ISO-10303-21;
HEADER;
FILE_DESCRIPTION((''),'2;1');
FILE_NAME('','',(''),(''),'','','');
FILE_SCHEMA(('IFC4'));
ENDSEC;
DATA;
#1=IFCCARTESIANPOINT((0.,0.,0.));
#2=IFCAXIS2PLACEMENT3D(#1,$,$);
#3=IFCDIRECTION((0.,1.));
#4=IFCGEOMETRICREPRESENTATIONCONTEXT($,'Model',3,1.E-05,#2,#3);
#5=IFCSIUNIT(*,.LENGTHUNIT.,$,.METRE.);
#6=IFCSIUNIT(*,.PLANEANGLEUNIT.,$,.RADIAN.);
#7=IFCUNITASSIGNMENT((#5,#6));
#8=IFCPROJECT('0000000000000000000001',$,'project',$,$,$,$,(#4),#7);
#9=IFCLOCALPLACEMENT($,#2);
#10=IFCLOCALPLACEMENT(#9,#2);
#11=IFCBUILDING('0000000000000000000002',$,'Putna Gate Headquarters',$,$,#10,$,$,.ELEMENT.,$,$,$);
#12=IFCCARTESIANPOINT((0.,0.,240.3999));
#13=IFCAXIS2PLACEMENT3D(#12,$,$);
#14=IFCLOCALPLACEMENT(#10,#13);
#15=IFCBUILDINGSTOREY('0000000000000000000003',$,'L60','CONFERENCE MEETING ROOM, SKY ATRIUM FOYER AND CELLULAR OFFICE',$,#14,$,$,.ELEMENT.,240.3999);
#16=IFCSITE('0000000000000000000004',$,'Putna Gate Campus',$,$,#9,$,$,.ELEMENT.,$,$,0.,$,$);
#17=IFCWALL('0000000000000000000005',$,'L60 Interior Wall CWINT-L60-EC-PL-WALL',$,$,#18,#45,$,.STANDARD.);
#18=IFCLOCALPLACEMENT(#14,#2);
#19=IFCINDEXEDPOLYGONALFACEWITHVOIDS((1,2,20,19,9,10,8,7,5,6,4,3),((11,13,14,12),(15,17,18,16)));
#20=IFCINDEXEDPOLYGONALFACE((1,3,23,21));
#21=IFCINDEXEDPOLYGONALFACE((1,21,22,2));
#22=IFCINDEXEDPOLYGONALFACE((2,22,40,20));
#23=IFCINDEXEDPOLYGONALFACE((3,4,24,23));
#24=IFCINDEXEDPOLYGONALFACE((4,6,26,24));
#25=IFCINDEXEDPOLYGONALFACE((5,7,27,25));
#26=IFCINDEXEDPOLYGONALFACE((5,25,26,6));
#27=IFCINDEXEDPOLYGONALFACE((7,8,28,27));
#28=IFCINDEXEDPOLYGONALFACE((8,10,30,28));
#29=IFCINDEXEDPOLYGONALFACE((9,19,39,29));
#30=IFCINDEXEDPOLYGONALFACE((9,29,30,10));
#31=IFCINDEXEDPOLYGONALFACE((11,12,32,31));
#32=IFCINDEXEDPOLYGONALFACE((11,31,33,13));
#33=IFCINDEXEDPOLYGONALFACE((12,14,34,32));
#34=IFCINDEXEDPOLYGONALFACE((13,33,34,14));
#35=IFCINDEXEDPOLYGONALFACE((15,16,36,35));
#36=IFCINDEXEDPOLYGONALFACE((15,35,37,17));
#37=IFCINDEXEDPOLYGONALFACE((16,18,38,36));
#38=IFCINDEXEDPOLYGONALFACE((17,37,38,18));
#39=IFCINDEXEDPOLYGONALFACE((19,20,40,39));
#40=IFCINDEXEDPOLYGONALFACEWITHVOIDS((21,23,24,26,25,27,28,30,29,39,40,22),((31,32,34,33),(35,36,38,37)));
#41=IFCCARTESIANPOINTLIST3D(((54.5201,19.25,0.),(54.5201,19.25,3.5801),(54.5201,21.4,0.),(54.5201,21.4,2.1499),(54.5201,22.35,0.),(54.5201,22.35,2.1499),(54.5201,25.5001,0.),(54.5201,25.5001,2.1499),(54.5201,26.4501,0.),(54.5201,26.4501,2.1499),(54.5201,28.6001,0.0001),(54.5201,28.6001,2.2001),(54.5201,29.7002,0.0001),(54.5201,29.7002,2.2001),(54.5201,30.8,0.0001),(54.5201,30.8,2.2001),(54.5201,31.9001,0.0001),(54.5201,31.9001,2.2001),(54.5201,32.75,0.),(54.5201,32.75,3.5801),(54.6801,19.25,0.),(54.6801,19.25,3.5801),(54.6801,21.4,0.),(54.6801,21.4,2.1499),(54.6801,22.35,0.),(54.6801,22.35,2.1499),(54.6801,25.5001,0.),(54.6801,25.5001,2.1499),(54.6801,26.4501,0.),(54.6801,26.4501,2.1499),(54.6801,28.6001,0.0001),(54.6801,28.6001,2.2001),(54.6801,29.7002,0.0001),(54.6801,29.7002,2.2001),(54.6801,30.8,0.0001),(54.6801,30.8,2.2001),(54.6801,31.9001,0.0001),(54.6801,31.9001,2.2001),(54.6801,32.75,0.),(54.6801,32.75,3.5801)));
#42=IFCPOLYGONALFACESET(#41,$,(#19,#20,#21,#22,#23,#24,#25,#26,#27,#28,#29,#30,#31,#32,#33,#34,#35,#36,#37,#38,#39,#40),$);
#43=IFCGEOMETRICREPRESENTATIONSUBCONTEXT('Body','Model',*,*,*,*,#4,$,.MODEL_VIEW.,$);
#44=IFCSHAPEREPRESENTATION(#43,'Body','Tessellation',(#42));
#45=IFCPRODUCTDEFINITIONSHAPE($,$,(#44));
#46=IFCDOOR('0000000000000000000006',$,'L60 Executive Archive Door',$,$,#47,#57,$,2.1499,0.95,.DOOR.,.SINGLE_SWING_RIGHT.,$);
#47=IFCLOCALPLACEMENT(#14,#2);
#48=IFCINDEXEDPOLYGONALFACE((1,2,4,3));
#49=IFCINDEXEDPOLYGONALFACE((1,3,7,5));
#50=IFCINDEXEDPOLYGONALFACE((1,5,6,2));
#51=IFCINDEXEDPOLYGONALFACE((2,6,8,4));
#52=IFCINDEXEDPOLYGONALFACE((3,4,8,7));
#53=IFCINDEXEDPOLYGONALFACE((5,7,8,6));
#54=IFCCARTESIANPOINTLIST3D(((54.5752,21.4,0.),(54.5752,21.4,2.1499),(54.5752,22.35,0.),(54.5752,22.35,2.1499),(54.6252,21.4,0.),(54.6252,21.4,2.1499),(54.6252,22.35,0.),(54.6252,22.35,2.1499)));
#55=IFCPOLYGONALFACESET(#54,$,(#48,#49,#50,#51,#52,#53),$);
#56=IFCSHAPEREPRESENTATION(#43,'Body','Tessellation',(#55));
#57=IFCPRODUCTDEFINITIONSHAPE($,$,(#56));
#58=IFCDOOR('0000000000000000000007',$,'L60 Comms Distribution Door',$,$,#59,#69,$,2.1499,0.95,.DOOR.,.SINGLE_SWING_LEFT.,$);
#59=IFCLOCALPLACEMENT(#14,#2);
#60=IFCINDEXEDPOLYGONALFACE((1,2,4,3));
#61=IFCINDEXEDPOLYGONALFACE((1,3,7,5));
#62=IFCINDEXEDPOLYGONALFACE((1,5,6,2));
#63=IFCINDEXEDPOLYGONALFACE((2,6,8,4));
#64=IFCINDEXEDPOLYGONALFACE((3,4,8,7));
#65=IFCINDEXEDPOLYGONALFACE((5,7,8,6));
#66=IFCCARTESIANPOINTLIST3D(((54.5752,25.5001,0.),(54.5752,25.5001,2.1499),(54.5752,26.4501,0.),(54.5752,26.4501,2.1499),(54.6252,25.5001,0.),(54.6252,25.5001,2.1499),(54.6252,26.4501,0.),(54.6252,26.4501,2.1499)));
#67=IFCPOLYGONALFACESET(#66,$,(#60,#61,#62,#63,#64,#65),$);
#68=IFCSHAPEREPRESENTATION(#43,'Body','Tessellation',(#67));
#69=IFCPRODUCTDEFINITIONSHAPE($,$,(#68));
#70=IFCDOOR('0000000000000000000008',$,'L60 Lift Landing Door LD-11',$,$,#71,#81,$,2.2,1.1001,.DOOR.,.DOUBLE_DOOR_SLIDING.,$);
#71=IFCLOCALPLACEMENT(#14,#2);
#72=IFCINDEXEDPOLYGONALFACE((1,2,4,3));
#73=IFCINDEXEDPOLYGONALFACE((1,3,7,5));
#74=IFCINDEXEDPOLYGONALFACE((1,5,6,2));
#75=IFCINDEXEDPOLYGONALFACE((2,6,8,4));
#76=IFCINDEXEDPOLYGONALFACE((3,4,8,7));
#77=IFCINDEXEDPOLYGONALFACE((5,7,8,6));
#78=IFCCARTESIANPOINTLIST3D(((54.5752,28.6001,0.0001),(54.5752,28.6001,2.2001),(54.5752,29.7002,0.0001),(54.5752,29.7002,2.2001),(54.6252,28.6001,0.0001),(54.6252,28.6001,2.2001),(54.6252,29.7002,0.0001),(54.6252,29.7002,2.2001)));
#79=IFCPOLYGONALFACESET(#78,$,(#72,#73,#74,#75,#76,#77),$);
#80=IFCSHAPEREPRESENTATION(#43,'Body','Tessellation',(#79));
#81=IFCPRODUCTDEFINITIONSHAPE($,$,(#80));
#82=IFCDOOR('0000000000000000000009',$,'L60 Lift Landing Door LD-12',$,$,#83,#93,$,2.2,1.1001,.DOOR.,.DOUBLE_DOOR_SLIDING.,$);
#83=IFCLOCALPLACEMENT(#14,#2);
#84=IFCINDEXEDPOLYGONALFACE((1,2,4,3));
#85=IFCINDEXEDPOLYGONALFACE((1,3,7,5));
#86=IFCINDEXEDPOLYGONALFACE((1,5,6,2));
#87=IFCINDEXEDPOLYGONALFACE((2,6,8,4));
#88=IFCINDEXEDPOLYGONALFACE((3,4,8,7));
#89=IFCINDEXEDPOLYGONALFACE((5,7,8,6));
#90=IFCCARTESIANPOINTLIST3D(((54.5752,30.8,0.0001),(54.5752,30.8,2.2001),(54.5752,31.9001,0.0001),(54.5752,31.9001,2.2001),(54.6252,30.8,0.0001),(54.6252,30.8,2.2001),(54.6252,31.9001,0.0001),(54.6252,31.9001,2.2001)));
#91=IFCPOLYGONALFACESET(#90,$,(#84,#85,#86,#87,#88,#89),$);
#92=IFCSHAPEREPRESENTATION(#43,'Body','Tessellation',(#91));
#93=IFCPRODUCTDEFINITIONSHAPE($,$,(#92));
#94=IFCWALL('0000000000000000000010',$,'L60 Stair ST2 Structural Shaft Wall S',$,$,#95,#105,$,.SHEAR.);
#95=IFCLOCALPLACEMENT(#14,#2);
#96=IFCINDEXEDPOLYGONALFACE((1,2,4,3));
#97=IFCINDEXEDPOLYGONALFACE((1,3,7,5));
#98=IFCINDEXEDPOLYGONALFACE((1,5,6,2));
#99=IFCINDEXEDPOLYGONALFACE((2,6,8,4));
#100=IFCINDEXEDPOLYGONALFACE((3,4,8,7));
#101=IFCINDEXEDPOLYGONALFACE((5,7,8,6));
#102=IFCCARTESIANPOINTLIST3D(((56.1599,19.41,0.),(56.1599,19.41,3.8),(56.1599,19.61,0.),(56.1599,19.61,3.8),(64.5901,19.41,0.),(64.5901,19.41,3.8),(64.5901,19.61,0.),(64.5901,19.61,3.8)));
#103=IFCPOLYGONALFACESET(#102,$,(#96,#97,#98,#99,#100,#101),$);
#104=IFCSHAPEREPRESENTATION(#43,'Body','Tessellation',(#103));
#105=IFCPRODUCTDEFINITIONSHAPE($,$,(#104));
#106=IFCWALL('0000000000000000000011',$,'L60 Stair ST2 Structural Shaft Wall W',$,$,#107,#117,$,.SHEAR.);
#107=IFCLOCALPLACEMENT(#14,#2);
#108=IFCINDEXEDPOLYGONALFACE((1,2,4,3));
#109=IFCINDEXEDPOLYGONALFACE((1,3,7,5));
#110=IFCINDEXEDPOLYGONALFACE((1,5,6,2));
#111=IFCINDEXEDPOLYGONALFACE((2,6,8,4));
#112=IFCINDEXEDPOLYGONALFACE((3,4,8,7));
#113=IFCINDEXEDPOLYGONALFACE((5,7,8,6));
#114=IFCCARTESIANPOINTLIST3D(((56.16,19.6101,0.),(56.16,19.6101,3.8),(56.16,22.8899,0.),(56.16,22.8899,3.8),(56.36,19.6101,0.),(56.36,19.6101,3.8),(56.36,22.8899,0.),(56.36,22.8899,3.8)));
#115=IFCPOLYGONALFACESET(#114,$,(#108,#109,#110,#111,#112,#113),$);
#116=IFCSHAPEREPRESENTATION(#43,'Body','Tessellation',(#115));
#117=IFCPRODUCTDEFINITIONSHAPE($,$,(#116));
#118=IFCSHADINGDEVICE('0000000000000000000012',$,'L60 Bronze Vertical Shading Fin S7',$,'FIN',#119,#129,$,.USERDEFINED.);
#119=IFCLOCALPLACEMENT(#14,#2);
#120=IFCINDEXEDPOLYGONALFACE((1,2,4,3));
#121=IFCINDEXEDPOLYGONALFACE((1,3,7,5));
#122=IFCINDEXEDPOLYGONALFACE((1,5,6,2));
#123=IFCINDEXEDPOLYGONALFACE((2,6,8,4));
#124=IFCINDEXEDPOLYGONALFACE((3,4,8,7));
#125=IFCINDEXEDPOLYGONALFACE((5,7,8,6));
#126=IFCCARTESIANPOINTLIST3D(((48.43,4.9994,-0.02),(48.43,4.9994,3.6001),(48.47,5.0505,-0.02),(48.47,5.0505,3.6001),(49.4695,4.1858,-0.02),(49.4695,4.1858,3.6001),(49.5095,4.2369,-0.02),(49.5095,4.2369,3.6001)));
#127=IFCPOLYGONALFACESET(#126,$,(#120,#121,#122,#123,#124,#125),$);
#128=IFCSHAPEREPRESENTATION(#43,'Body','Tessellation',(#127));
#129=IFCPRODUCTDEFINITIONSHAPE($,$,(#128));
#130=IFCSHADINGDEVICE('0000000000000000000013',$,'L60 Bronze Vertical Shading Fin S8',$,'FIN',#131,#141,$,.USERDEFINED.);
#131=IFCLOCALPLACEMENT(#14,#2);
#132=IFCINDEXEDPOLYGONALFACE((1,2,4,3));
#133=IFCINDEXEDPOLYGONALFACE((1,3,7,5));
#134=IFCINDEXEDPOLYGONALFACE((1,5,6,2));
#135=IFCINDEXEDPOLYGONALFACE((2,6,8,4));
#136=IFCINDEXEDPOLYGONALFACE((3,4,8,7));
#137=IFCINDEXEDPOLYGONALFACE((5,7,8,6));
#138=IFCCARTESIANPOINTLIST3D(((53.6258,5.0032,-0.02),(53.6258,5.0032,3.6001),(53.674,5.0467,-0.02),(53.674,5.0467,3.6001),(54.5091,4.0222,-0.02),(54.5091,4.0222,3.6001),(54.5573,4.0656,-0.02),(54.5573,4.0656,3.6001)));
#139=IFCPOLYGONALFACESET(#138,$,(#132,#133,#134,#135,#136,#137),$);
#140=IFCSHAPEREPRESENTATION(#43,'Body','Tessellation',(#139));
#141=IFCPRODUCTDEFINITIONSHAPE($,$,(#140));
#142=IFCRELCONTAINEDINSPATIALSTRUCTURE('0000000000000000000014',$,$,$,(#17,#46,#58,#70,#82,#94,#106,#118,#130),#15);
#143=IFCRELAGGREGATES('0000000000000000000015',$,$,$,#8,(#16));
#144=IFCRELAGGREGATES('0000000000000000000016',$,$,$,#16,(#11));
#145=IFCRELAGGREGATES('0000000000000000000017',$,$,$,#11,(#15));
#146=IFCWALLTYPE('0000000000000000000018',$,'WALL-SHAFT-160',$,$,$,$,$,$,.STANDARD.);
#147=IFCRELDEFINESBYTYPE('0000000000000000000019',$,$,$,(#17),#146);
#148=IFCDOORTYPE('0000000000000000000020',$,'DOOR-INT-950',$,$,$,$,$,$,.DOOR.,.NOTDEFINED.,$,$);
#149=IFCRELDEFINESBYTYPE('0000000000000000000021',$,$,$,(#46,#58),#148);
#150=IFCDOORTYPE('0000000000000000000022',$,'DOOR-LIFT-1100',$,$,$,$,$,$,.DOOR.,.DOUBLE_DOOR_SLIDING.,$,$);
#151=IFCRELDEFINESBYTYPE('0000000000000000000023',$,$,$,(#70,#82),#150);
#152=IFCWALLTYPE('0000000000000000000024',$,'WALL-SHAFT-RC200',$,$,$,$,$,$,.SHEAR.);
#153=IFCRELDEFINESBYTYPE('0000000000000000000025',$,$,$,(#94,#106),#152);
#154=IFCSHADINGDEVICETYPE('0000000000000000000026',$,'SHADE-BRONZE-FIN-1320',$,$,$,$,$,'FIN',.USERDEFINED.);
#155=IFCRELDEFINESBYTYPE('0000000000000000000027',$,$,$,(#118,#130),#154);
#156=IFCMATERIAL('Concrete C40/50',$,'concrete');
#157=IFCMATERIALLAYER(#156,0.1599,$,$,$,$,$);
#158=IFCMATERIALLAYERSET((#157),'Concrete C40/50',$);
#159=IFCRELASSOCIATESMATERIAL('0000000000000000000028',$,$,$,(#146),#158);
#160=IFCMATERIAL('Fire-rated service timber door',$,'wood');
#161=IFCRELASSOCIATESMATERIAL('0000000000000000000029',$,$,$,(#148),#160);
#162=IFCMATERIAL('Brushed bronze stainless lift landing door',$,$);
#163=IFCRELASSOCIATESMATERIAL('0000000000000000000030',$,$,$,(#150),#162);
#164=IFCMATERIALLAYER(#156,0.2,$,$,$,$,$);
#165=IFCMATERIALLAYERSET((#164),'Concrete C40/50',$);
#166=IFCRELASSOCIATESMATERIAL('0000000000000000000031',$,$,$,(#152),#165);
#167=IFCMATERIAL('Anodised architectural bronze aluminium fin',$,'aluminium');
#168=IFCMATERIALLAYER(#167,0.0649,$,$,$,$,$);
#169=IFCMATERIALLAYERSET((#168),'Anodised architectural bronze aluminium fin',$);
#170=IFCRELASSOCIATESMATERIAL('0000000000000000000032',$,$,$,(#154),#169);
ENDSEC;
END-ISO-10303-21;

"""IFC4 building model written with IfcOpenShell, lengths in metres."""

from ifc_helpers import new_model, si_unit, direction, frame, frame_2d, origin, origin_2d, place, context, subcontext, project, spatial, rectangle, extrude, material, layer, layer_set, type_object, element, fill, save


model = new_model("IFC4")

# Units and contexts
model_context = context("Model", 3, precision=1e-05, world=origin(), true_north=direction((0.0, 1.0)))
body_context = subcontext(model_context, "Body", "Model", "MODEL_VIEW")
ifc_project = project(units=[si_unit("LENGTHUNIT", "METRE"), si_unit("PLANEANGLEUNIT", "RADIAN")], contexts=[model_context])

# Site, building, storey
site_placement = place(None, origin())
site = spatial("IfcSite", under=ifc_project, at=site_placement, Name="Putna Gate Campus", CompositionType="ELEMENT", RefElevation=0.0)
building_placement = place(site_placement, origin())
building = spatial("IfcBuilding", under=site, at=building_placement, Name="Putna Gate Headquarters", CompositionType="ELEMENT")
storey_placement = place(building_placement, frame((0.0, 0.0, 240.3999)))
storey = spatial("IfcBuildingStorey", under=building, at=storey_placement, Name="L60", Description="CONFERENCE MEETING ROOM, SKY ATRIUM FOYER AND CELLULAR OFFICE", CompositionType="ELEMENT", Elevation=240.3999)

# Wall, openings, doors
ifc_material_1 = material(Name="Concrete C40/50", Category="concrete")
ifc_layer_1 = layer(ifc_material_1, 0.1599)
ifc_layer_set_1 = layer_set([ifc_layer_1], Name="Concrete C40/50")
wall_type_1 = type_object("IfcWallType", Name="WALL-SHAFT-160", PredefinedType="STANDARD", material=ifc_layer_set_1)
wall_1_placement = place(storey_placement, frame((54.6001, 19.25, 0.0), z_axis=(0.0, 0.0, 1.0), x_axis=(0.0, 1.0, 0.0)))
wall_1 = element("IfcWall", 1, at=wall_1_placement, inside=storey, type_object=wall_type_1, Name="L60 Interior Wall CWINT-L60-EC-PL-WALL", PredefinedType="STANDARD", context=body_context, shape_type="SweptSolid", body=[
    extrude(rectangle(XDim=13.5, YDim=0.1599, at=frame_2d((6.75, 0.0))), origin(), (0.0, 0.0, 1.0), 3.5801),
])
opening_1_placement = place(wall_1_placement, frame((2.1499, 0.0, 0.0)))
opening_1 = element("IfcOpeningElement", 2, at=opening_1_placement, cuts=wall_1, PredefinedType="OPENING", context=body_context, shape_type="SweptSolid", body=[
    extrude(rectangle(XDim=0.95, YDim=2.1499, at=frame_2d((0.4751, 1.075))), frame((0.0, 0.0898, 0.0), z_axis=(0.0, -1.0, 0.0), x_axis=(1.0, 0.0, 0.0)), (0.0, 0.0, 1.0), 0.1799),
])
opening_2_placement = place(wall_1_placement, frame((6.25, 0.0, 0.0)))
opening_2 = element("IfcOpeningElement", 3, at=opening_2_placement, cuts=wall_1, PredefinedType="OPENING", context=body_context, shape_type="SweptSolid", body=[
    extrude(rectangle(XDim=0.95, YDim=2.1499, at=frame_2d((0.4751, 1.075))), frame((0.0, 0.0898, 0.0), z_axis=(0.0, -1.0, 0.0), x_axis=(1.0, 0.0, 0.0)), (0.0, 0.0, 1.0), 0.1799),
])
opening_3_placement = place(wall_1_placement, frame((9.3501, 0.0, 0.0)))
opening_3 = element("IfcOpeningElement", 4, at=opening_3_placement, cuts=wall_1, PredefinedType="OPENING", context=body_context, shape_type="SweptSolid", body=[
    extrude(rectangle(XDim=1.1001, YDim=2.2, at=frame_2d((0.55, 1.1001))), frame((0.0, 0.0898, 0.0), z_axis=(0.0, -1.0, 0.0), x_axis=(1.0, 0.0, 0.0)), (0.0, 0.0, 1.0), 0.1799),
])
opening_4_placement = place(wall_1_placement, frame((11.55, 0.0, 0.0)))
opening_4 = element("IfcOpeningElement", 5, at=opening_4_placement, cuts=wall_1, PredefinedType="OPENING", context=body_context, shape_type="SweptSolid", body=[
    extrude(rectangle(XDim=1.1001, YDim=2.2, at=frame_2d((0.55, 1.1001))), frame((0.0, 0.0898, 0.0), z_axis=(0.0, -1.0, 0.0), x_axis=(1.0, 0.0, 0.0)), (0.0, 0.0, 1.0), 0.1799),
])
ifc_material_2 = material(Name="Fire-rated service timber door", Category="wood")
door_type_1 = type_object("IfcDoorType", Name="DOOR-INT-950", OperationType="NOTDEFINED", PredefinedType="DOOR", material=ifc_material_2)
door_1_placement = place(opening_1_placement, origin())
door_1 = element("IfcDoor", 6, at=door_1_placement, inside=storey, type_object=door_type_1, Name="L60 Executive Archive Door", OperationType="SINGLE_SWING_RIGHT", OverallHeight=2.1499, OverallWidth=0.95, PredefinedType="DOOR", context=body_context, shape_type="SweptSolid", body=[
    extrude(rectangle(XDim=0.95, YDim=2.1499, at=frame_2d((0.4751, 1.075))), frame((0.0, 0.0249, 0.0), z_axis=(0.0, -1.0, 0.0), x_axis=(1.0, 0.0, 0.0)), (0.0, 0.0, 1.0), 0.05),
])
fill(opening_1, door_1)
door_2_placement = place(opening_2_placement, origin())
door_2 = element("IfcDoor", 7, at=door_2_placement, inside=storey, type_object=door_type_1, Name="L60 Comms Distribution Door", OperationType="SINGLE_SWING_LEFT", OverallHeight=2.1499, OverallWidth=0.95, PredefinedType="DOOR", context=body_context, shape_type="SweptSolid", body=[
    extrude(rectangle(XDim=0.95, YDim=2.1499, at=frame_2d((0.4751, 1.075))), frame((0.0, 0.0249, 0.0), z_axis=(0.0, -1.0, 0.0), x_axis=(1.0, 0.0, 0.0)), (0.0, 0.0, 1.0), 0.05),
])
fill(opening_2, door_2)
ifc_material_3 = material(Name="Brushed bronze stainless lift landing door")
door_type_2 = type_object("IfcDoorType", Name="DOOR-LIFT-1100", OperationType="DOUBLE_DOOR_SLIDING", PredefinedType="DOOR", material=ifc_material_3)
door_3_placement = place(opening_3_placement, origin())
door_3 = element("IfcDoor", 8, at=door_3_placement, inside=storey, type_object=door_type_2, Name="L60 Lift Landing Door LD-11", OperationType="DOUBLE_DOOR_SLIDING", OverallHeight=2.2, OverallWidth=1.1001, PredefinedType="DOOR", context=body_context, shape_type="SweptSolid", body=[
    extrude(rectangle(XDim=1.1001, YDim=2.2, at=frame_2d((0.55, 1.1001))), frame((0.0, 0.0249, 0.0), z_axis=(0.0, -1.0, 0.0), x_axis=(1.0, 0.0, 0.0)), (0.0, 0.0, 1.0), 0.05),
])
fill(opening_3, door_3)
door_4_placement = place(opening_4_placement, origin())
door_4 = element("IfcDoor", 9, at=door_4_placement, inside=storey, type_object=door_type_2, Name="L60 Lift Landing Door LD-12", OperationType="DOUBLE_DOOR_SLIDING", OverallHeight=2.2, OverallWidth=1.1001, PredefinedType="DOOR", context=body_context, shape_type="SweptSolid", body=[
    extrude(rectangle(XDim=1.1001, YDim=2.2, at=frame_2d((0.55, 1.1001))), frame((0.0, 0.0249, 0.0), z_axis=(0.0, -1.0, 0.0), x_axis=(1.0, 0.0, 0.0)), (0.0, 0.0, 1.0), 0.05),
])
fill(opening_4, door_4)

# Walls
ifc_layer_2 = layer(ifc_material_1, 0.2)
ifc_layer_set_2 = layer_set([ifc_layer_2], Name="Concrete C40/50")
wall_type_2 = type_object("IfcWallType", Name="WALL-SHAFT-RC200", PredefinedType="SHEAR", material=ifc_layer_set_2)
wall_2_placement = place(storey_placement, frame((56.1599, 19.51, 0.0), z_axis=(0.0, 0.0, 1.0), x_axis=(1.0, 0.0, 0.0)))
element("IfcWall", 10, at=wall_2_placement, inside=storey, type_object=wall_type_2, Name="L60 Stair ST2 Structural Shaft Wall S", PredefinedType="SHEAR", context=body_context, shape_type="SweptSolid", body=[
    extrude(rectangle(XDim=8.4302, YDim=0.2, at=frame_2d((4.2151, 0.0))), origin(), (0.0, 0.0, 1.0), 3.8),
])
wall_3_placement = place(storey_placement, frame((56.26, 19.6101, 0.0), z_axis=(0.0, 0.0, 1.0), x_axis=(0.0, 1.0, 0.0)))
element("IfcWall", 11, at=wall_3_placement, inside=storey, type_object=wall_type_2, Name="L60 Stair ST2 Structural Shaft Wall W", PredefinedType="SHEAR", context=body_context, shape_type="SweptSolid", body=[
    extrude(rectangle(XDim=3.2798, YDim=0.2, at=frame_2d((1.6399, 0.0))), origin(), (0.0, 0.0, 1.0), 3.8),
])

# Shading devices
ifc_material_4 = material(Name="Anodised architectural bronze aluminium fin", Category="aluminium")
ifc_layer_3 = layer(ifc_material_4, 0.0649)
ifc_layer_set_3 = layer_set([ifc_layer_3], Name="Anodised architectural bronze aluminium fin")
shading_device_type = type_object("IfcShadingDeviceType", Name="SHADE-BRONZE-FIN-1320", ElementType="FIN", PredefinedType="USERDEFINED", material=ifc_layer_set_3)
for number, where, z_axis, x_axis, name in (
    (12, (48.9697, 4.6182, -0.02), (0.0, 0.0, 1.0), (0.787473, -0.616349, 0.0), "L60 Bronze Vertical Shading Fin S7"),
    (13, (54.0916, 4.5344, -0.02), (0.0, 0.0, 1.0), (0.669131, -0.743145, 0.0), "L60 Bronze Vertical Shading Fin S8"),
):
    element("IfcShadingDevice", number, at=place(storey_placement, frame(where, z_axis=z_axis, x_axis=x_axis)), inside=storey, type_object=shading_device_type, Name=name, ObjectType="FIN", PredefinedType="USERDEFINED", context=body_context, shape_type="SweptSolid", body=[
        extrude(rectangle(XDim=1.3201, YDim=0.0649, at=origin_2d()), origin(), (0.0, 0.0, 1.0), 3.6201),
    ])

save(model, "model.ifc")
